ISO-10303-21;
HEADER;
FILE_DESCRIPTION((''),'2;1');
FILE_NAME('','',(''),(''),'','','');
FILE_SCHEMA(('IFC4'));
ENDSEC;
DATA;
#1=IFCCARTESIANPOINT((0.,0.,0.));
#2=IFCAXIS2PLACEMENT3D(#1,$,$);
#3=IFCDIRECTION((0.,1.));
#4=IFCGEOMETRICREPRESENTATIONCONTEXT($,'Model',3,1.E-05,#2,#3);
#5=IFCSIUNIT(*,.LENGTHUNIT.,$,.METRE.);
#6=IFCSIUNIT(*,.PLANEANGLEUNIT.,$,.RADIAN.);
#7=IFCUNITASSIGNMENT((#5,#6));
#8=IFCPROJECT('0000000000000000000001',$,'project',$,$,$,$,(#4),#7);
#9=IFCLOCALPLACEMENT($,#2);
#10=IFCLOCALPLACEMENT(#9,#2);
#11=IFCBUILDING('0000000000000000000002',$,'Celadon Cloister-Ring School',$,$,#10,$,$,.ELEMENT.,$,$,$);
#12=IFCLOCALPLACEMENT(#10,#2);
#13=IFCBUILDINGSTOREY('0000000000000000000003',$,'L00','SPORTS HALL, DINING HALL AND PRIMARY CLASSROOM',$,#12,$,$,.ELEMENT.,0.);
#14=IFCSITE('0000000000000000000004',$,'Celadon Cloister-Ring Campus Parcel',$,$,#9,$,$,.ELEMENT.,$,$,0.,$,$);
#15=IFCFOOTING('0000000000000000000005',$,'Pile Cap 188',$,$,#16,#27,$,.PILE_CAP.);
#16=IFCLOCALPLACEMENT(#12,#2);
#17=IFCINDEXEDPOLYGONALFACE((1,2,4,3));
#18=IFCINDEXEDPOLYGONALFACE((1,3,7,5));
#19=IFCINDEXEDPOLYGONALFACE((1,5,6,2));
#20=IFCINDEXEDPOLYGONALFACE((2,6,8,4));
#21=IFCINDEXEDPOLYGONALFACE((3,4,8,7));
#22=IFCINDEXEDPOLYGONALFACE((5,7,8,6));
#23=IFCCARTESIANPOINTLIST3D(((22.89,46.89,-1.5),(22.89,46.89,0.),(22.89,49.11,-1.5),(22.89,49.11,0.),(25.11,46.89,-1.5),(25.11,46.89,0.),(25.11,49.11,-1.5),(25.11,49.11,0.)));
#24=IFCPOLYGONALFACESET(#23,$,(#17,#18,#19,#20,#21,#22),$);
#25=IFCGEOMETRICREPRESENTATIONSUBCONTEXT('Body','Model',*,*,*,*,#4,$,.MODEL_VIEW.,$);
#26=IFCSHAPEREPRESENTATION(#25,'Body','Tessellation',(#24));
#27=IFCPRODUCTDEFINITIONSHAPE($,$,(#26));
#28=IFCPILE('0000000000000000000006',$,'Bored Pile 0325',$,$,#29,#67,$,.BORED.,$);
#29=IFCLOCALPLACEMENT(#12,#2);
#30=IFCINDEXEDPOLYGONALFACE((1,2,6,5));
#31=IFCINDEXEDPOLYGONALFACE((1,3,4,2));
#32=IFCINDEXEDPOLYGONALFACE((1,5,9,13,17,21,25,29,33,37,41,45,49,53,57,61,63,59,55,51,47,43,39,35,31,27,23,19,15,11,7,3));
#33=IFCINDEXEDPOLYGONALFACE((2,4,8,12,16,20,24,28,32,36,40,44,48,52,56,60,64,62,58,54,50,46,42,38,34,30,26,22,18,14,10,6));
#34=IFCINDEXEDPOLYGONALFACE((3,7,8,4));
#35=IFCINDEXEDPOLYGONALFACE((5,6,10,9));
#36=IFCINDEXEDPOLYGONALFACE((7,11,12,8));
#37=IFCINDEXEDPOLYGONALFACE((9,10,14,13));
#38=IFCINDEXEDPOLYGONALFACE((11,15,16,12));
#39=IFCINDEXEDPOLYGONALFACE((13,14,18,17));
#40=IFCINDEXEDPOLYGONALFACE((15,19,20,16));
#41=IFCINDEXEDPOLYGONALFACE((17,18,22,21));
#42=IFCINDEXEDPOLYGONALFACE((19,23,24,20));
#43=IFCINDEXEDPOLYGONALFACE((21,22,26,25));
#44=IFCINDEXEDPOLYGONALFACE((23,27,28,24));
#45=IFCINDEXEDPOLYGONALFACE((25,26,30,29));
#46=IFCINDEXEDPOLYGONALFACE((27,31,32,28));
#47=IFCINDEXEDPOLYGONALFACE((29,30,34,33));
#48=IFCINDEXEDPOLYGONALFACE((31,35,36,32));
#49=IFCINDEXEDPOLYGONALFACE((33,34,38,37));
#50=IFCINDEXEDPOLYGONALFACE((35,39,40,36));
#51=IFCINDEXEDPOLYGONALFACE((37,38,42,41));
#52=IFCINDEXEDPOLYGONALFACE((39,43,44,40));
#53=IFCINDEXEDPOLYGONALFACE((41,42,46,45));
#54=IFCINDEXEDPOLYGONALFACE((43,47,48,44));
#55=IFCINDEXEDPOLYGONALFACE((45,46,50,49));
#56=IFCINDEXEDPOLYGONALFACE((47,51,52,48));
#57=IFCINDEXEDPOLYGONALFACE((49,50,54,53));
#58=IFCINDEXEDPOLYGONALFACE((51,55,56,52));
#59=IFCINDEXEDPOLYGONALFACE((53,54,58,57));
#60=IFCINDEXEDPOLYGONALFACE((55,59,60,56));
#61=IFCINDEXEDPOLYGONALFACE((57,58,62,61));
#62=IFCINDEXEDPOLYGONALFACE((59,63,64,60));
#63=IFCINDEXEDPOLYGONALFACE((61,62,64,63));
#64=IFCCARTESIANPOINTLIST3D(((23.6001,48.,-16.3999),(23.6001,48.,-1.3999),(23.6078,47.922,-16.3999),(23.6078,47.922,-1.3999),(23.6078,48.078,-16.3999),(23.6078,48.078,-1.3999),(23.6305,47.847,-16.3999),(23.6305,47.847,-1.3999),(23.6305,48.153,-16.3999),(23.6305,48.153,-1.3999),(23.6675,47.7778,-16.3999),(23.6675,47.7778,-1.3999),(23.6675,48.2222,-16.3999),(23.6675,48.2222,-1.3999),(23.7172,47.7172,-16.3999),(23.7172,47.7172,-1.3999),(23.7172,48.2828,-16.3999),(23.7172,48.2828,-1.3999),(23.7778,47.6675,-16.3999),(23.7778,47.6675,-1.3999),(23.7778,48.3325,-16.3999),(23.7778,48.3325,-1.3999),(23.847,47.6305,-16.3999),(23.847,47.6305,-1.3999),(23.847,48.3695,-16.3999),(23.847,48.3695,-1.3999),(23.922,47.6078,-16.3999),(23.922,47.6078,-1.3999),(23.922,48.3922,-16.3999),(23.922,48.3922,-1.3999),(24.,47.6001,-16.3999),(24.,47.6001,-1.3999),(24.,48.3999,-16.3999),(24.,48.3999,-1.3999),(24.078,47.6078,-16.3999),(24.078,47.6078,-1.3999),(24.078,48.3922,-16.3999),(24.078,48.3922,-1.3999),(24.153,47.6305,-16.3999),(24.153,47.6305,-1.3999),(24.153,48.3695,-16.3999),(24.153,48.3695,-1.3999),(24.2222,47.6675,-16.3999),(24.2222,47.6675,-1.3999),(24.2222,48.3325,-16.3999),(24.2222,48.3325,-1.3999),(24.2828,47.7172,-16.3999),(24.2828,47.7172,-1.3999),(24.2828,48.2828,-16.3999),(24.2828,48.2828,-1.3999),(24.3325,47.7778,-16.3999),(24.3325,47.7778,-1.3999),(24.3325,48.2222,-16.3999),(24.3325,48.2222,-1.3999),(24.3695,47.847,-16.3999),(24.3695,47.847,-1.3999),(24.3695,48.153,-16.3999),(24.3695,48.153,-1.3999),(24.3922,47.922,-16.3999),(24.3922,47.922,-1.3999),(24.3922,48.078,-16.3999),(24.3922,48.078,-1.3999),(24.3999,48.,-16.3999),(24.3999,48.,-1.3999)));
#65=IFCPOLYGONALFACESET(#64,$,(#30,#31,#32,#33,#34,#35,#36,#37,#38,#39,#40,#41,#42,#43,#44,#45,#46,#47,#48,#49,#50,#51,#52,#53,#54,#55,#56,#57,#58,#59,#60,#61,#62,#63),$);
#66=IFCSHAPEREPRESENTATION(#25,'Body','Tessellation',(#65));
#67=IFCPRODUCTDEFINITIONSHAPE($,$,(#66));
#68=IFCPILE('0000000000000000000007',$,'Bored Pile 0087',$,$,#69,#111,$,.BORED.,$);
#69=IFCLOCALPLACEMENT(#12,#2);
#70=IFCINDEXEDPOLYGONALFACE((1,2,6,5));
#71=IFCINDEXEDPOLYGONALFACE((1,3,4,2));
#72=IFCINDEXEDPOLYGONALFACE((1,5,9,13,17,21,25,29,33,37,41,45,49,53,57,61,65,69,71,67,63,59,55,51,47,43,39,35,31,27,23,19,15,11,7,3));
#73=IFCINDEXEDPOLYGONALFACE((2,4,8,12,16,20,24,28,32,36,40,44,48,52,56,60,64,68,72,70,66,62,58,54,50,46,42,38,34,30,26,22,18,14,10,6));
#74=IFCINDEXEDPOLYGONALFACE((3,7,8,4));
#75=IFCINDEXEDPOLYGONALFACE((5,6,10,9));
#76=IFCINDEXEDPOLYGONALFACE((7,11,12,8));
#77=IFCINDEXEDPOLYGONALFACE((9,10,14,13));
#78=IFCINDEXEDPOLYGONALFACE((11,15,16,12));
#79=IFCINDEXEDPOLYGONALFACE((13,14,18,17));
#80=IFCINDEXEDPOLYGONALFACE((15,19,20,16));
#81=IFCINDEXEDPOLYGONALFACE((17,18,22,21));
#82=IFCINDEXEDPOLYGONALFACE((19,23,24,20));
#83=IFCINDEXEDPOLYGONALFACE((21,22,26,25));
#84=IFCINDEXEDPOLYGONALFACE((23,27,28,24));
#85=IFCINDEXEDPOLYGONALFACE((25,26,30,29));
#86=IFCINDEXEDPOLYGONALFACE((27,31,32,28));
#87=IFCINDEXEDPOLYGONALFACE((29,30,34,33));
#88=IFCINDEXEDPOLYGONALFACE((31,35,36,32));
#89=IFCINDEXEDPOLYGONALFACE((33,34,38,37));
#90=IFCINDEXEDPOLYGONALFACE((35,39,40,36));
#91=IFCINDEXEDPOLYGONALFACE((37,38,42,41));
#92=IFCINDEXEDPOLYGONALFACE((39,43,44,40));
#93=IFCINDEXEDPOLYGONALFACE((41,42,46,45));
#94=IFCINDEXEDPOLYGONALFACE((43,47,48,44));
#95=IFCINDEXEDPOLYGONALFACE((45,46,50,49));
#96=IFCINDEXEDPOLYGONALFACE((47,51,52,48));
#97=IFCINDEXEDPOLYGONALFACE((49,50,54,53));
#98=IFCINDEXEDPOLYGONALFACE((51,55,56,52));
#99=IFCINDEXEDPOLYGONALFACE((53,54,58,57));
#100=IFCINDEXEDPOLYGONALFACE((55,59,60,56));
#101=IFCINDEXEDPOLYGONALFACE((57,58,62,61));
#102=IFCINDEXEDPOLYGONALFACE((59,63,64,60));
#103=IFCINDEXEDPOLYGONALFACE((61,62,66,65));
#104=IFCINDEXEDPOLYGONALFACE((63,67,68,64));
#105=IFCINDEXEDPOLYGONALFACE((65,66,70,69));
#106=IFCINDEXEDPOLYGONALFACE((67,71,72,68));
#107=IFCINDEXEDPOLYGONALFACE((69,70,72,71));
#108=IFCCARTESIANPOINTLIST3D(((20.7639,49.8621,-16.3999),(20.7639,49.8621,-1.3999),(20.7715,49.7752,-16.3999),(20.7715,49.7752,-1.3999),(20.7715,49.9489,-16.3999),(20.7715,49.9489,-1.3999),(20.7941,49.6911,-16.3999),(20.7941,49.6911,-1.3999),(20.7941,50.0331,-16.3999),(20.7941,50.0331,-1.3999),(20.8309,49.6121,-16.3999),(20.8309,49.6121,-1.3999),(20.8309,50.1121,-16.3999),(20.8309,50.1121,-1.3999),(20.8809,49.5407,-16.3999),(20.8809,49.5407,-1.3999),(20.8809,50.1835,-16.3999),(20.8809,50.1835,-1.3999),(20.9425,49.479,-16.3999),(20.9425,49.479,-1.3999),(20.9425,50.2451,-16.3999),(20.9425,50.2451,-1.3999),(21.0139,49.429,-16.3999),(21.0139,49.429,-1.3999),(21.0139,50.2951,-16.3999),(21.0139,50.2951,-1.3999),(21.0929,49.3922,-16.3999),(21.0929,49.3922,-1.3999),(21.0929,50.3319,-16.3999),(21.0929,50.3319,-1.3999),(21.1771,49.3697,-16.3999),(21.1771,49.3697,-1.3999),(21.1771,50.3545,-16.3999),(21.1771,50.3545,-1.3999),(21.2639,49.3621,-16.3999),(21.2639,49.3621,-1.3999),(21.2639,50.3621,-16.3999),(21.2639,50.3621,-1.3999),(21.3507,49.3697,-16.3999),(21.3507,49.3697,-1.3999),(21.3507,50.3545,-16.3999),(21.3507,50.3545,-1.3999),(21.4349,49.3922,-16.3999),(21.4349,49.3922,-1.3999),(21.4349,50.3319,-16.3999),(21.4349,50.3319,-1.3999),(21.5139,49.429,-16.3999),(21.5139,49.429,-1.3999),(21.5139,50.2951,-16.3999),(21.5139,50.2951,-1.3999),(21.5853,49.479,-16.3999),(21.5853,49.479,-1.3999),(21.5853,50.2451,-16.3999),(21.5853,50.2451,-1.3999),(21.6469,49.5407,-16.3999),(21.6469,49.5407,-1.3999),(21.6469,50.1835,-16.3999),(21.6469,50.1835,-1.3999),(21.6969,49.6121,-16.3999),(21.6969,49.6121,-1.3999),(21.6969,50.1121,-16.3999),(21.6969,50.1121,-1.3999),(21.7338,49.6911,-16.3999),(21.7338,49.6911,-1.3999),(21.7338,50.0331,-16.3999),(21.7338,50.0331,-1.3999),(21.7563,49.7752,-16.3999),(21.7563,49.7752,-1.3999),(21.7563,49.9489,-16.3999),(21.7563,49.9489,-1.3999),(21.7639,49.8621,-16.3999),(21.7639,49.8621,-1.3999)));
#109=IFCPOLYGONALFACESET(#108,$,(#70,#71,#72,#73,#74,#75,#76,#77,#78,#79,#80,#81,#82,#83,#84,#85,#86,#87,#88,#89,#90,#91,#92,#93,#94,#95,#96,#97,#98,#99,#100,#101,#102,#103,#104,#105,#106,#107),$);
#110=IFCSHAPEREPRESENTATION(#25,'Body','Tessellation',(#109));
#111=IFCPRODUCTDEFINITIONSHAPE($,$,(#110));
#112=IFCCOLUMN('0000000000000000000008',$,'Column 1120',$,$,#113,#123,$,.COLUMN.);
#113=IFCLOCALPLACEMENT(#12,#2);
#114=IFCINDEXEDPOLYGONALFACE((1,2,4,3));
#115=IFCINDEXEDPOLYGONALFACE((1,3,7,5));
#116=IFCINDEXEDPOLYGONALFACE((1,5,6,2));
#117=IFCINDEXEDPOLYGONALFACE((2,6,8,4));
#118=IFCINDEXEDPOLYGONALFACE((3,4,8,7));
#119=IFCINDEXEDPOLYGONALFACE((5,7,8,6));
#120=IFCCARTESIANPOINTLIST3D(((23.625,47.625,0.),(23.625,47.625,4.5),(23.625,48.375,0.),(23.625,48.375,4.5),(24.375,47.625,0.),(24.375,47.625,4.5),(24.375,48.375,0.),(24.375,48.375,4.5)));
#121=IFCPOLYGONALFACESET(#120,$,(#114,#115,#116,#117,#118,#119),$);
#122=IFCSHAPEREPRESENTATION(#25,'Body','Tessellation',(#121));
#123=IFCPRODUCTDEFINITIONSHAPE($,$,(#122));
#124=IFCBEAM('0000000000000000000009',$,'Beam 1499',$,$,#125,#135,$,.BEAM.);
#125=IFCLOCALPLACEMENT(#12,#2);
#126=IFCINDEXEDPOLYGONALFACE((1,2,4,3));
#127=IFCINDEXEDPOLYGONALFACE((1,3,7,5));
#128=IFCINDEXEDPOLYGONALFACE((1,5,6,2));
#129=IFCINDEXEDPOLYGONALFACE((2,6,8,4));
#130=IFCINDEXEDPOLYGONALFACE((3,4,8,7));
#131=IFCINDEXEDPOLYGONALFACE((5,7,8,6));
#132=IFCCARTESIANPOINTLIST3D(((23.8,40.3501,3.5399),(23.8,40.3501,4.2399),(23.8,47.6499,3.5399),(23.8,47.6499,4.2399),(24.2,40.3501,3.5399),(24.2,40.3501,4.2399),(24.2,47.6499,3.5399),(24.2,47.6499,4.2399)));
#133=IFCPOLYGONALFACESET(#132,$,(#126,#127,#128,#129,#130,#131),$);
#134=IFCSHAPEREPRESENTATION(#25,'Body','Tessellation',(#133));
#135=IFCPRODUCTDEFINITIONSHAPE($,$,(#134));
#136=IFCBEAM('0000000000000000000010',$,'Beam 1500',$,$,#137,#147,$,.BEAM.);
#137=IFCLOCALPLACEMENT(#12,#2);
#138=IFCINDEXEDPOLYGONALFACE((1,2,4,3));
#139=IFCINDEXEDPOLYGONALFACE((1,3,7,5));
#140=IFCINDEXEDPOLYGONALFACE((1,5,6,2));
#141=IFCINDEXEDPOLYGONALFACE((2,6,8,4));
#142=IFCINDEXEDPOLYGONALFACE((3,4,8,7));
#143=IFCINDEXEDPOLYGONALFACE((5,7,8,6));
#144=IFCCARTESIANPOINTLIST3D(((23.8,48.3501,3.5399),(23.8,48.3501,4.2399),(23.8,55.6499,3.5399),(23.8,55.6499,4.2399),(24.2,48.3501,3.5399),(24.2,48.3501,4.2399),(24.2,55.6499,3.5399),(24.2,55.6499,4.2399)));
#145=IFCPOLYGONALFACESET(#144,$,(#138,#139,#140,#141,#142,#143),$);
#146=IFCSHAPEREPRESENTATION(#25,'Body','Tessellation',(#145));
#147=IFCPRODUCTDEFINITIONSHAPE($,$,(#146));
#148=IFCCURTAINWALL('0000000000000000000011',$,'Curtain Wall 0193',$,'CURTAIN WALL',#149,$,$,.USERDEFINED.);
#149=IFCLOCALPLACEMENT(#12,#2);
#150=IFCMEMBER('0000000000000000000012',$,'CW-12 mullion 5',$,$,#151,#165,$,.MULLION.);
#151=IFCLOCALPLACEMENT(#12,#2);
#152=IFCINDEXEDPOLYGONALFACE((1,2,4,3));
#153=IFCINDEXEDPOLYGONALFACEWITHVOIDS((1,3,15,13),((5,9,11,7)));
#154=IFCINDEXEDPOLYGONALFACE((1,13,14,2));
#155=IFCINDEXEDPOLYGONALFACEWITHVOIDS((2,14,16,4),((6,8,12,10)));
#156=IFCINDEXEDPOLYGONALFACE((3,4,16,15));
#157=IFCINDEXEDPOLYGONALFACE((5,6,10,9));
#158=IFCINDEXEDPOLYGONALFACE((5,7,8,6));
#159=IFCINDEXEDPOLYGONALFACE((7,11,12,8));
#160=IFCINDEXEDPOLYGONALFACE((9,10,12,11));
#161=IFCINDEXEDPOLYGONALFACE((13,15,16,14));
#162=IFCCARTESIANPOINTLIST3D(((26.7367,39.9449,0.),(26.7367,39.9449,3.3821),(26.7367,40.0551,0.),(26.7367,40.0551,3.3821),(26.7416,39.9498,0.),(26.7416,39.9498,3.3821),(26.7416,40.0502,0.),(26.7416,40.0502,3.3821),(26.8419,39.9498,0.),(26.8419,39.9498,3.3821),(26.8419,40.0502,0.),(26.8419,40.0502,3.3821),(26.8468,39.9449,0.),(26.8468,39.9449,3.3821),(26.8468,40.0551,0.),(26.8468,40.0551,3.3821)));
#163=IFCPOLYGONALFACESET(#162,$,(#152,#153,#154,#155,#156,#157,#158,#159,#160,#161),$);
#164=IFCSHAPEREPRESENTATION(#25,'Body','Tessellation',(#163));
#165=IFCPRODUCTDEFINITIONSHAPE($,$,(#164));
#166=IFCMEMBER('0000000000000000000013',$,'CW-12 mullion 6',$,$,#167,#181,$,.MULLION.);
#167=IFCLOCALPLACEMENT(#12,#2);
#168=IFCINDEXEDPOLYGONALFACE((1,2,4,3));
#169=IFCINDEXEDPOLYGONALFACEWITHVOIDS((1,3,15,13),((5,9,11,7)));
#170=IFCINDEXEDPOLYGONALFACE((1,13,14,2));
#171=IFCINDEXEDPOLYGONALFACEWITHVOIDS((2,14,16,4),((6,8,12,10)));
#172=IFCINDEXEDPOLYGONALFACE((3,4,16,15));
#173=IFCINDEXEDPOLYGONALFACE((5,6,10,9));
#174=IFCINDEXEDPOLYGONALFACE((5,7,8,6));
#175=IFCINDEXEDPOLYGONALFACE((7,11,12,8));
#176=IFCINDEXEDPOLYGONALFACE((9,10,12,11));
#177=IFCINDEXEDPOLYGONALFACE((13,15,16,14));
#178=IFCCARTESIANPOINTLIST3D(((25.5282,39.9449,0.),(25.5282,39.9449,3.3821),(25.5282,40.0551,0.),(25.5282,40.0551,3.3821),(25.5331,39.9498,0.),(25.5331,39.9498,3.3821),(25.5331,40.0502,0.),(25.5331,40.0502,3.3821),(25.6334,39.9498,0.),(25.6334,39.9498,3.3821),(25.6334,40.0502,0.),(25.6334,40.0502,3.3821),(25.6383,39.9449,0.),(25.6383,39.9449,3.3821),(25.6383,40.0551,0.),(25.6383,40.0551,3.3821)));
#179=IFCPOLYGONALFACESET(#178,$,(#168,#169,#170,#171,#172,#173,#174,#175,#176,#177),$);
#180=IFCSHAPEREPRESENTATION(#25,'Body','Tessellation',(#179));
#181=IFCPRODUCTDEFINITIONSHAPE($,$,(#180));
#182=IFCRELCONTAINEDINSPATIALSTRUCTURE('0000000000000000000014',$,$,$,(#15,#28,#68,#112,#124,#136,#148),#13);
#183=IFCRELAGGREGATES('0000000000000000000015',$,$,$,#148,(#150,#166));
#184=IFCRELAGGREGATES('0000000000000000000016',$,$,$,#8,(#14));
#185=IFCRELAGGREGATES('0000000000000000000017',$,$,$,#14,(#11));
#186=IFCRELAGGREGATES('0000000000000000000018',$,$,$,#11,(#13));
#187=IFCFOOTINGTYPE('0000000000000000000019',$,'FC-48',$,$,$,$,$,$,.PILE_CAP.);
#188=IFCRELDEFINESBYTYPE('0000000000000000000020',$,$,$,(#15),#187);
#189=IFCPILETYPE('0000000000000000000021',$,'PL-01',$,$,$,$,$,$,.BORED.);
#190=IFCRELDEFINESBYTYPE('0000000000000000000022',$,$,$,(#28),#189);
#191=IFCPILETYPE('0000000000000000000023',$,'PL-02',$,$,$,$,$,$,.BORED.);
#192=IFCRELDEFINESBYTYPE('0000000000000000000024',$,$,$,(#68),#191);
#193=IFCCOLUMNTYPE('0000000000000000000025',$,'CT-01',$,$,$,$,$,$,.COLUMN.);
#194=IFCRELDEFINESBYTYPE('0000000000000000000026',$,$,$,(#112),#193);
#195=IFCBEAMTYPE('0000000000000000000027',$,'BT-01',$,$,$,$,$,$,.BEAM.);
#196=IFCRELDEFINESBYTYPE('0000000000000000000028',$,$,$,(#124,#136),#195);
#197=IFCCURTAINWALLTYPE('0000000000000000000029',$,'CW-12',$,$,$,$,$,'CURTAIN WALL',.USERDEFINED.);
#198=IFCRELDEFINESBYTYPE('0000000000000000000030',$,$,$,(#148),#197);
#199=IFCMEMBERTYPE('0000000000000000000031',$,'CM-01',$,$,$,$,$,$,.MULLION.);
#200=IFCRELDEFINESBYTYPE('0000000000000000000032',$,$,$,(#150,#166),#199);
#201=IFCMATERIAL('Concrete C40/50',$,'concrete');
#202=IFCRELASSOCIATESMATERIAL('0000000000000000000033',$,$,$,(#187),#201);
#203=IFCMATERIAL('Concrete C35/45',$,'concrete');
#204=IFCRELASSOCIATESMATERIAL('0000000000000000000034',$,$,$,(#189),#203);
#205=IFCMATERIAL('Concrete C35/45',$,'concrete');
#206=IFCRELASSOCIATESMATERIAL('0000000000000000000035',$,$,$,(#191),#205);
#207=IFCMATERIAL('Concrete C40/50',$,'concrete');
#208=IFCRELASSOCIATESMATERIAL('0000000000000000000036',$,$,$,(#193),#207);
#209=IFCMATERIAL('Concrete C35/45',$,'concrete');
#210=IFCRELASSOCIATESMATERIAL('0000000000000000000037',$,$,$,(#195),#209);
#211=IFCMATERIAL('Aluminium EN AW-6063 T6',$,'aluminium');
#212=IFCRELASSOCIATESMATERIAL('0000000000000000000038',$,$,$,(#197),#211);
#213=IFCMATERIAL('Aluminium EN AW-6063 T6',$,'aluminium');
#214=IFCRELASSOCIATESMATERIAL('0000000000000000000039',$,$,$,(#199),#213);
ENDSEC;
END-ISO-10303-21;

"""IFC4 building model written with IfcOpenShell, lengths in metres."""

from ifc_helpers import new_model, si_unit, direction, frame, origin, origin_2d, place, context, subcontext, project, spatial, rectangle, hollow_rectangle, circle, extrude, material, material_profile, profile_set, type_object, element, aggregate, save


model = new_model("IFC4")

# Units and contexts
model_context = context("Model", 3, precision=1e-05, world=origin(), true_north=direction((0.0, 1.0)))
body_context = subcontext(model_context, "Body", "Model", "MODEL_VIEW")
ifc_project = project(units=[si_unit("LENGTHUNIT", "METRE"), si_unit("PLANEANGLEUNIT", "RADIAN")], contexts=[model_context])

# Site, building, storey
site_placement = place(None, origin())
site = spatial("IfcSite", under=ifc_project, at=site_placement, Name="Celadon Cloister-Ring Campus Parcel", CompositionType="ELEMENT", RefElevation=0.0)
building_placement = place(site_placement, origin())
building = spatial("IfcBuilding", under=site, at=building_placement, Name="Celadon Cloister-Ring School", CompositionType="ELEMENT")
storey_placement = place(building_placement, origin())
storey = spatial("IfcBuildingStorey", under=building, at=storey_placement, Name="L00", Description="SPORTS HALL, DINING HALL AND PRIMARY CLASSROOM", CompositionType="ELEMENT", Elevation=0.0)

# Footing
ifc_material_1 = material(Name="Concrete C40/50", Category="concrete")
footing_type = type_object("IfcFootingType", Name="FC-48", PredefinedType="PILE_CAP", material=ifc_material_1)
footing_placement = place(storey_placement, frame((24.0, 48.0, -1.5), z_axis=(0.0, 0.0, 1.0), x_axis=(1.0, 0.0, 0.0)))
element("IfcFooting", 1, at=footing_placement, inside=storey, type_object=footing_type, Name="Pile Cap 188", PredefinedType="PILE_CAP", context=body_context, shape_type="SweptSolid", body=[
    extrude(rectangle(XDim=2.22, YDim=2.22, at=origin_2d()), origin(), (0.0, 0.0, 1.0), 1.5),
])

# Piles
ifc_material_2 = material(Name="Concrete C35/45", Category="concrete")
ifc_material_profile_1 = material_profile(ifc_material_2, circle(Radius=0.3999, at=origin_2d()), Name="PILE800")
ifc_profile_set_1 = profile_set([ifc_material_profile_1], Name="Concrete C35/45")
pile_type_1 = type_object("IfcPileType", Name="PL-01", PredefinedType="BORED", material=ifc_profile_set_1)
pile_1_placement = place(storey_placement, frame((24.0, 48.0, -1.3999), z_axis=(0.0, 0.0, -1.0), x_axis=(1.0, 0.0, 0.0)))
element("IfcPile", 2, at=pile_1_placement, inside=storey, type_object=pile_type_1, Name="Bored Pile 0325", PredefinedType="BORED", context=body_context, shape_type="SweptSolid", body=[
    extrude(circle(Radius=0.3999, at=origin_2d()), origin(), (0.0, 0.0, 1.0), 15.0),
])
ifc_material_3 = material(Name="Concrete C35/45", Category="concrete")
ifc_material_profile_2 = material_profile(ifc_material_3, circle(Radius=0.5, at=origin_2d()), Name="PILE1000")
ifc_profile_set_2 = profile_set([ifc_material_profile_2], Name="Concrete C35/45")
pile_type_2 = type_object("IfcPileType", Name="PL-02", PredefinedType="BORED", material=ifc_profile_set_2)
pile_2_placement = place(storey_placement, frame((21.2639, 49.8621, -1.3999), z_axis=(0.0, 0.0, -1.0), x_axis=(1.0, 0.0, 0.0)))
element("IfcPile", 3, at=pile_2_placement, inside=storey, type_object=pile_type_2, Name="Bored Pile 0087", PredefinedType="BORED", context=body_context, shape_type="SweptSolid", body=[
    extrude(circle(Radius=0.5, at=origin_2d()), origin(), (0.0, 0.0, 1.0), 15.0),
])

# Column
ifc_material_4 = material(Name="Concrete C40/50", Category="concrete")
ifc_material_profile_3 = material_profile(ifc_material_4, rectangle(XDim=0.75, YDim=0.75, at=origin_2d()), Name="RC750X750")
ifc_profile_set_3 = profile_set([ifc_material_profile_3], Name="Concrete C40/50")
column_type = type_object("IfcColumnType", Name="CT-01", PredefinedType="COLUMN", material=ifc_profile_set_3)
column_placement = place(storey_placement, frame((24.0, 48.0, 0.0), z_axis=(0.0, 0.0, 1.0), x_axis=(1.0, 0.0, 0.0)))
element("IfcColumn", 4, at=column_placement, inside=storey, type_object=column_type, Name="Column 1120", PredefinedType="COLUMN", context=body_context, shape_type="SweptSolid", body=[
    extrude(rectangle(XDim=0.75, YDim=0.75, at=origin_2d()), origin(), (0.0, 0.0, 1.0), 4.5),
])

# Beams
ifc_material_5 = material(Name="Concrete C35/45", Category="concrete")
ifc_material_profile_4 = material_profile(ifc_material_5, rectangle(XDim=0.3999, YDim=0.7, at=origin_2d()), Name="RC400X700")
ifc_profile_set_4 = profile_set([ifc_material_profile_4], Name="Concrete C35/45")
beam_type = type_object("IfcBeamType", Name="BT-01", PredefinedType="BEAM", material=ifc_profile_set_4)
for number, where, z_axis, x_axis, name in (
    (5, (24.0, 40.3501, 3.8899), (0.0, 1.0, 0.0), (-1.0, 0.0, 0.0), "Beam 1499"),
    (6, (24.0, 48.3501, 3.8899), (0.0, 1.0, 0.0), (-1.0, 0.0, 0.0), "Beam 1500"),
):
    element("IfcBeam", number, at=place(storey_placement, frame(where, z_axis=z_axis, x_axis=x_axis)), inside=storey, type_object=beam_type, Name=name, PredefinedType="BEAM", context=body_context, shape_type="SweptSolid", body=[
        extrude(rectangle(XDim=0.3999, YDim=0.7, at=origin_2d()), origin(), (0.0, 0.0, 1.0), 7.2998),
    ])

# Curtain wall, members
ifc_material_6 = material(Name="Aluminium EN AW-6063 T6", Category="aluminium")
curtain_wall_type = type_object("IfcCurtainWallType", Name="CW-12", ElementType="CURTAIN WALL", PredefinedType="USERDEFINED", material=ifc_material_6)
curtain_wall_placement = place(storey_placement, origin())
curtain_wall = element("IfcCurtainWall", 7, at=curtain_wall_placement, inside=storey, type_object=curtain_wall_type, Name="Curtain Wall 0193", ObjectType="CURTAIN WALL", PredefinedType="USERDEFINED")
ifc_material_7 = material(Name="Aluminium EN AW-6063 T6", Category="aluminium")
ifc_material_profile_5 = material_profile(ifc_material_7, hollow_rectangle(XDim=0.1101, YDim=0.1101, WallThickness=0.0049, at=origin_2d()), Name="RHS110X110X5")
ifc_profile_set_5 = profile_set([ifc_material_profile_5], Name="Aluminium EN AW-6063 T6")
member_type_1 = type_object("IfcMemberType", Name="CM-01", PredefinedType="MULLION", material=ifc_profile_set_5)
member_1_placement = place(storey_placement, frame((26.7917, 40.0, 0.0), z_axis=(0.0, 0.0, 1.0), x_axis=(0.0, -1.0, 0.0)))
member_1 = element("IfcMember", 8, at=member_1_placement, type_object=member_type_1, Name="CW-12 mullion 5", PredefinedType="MULLION", context=body_context, shape_type="SweptSolid", body=[
    extrude(hollow_rectangle(XDim=0.1101, YDim=0.1101, WallThickness=0.0049, at=origin_2d()), origin(), (0.0, 0.0, 1.0), 3.3821),
])
member_2_placement = place(storey_placement, frame((25.5833, 40.0, 0.0), z_axis=(0.0, 0.0, 1.0), x_axis=(0.0, -1.0, 0.0)))
member_2 = element("IfcMember", 9, at=member_2_placement, type_object=member_type_1, Name="CW-12 mullion 6", PredefinedType="MULLION", context=body_context, shape_type="SweptSolid", body=[
    extrude(hollow_rectangle(XDim=0.1101, YDim=0.1101, WallThickness=0.0049, at=origin_2d()), origin(), (0.0, 0.0, 1.0), 3.3821),
])
aggregate(curtain_wall, [member_1, member_2])

save(model, "model.ifc")
